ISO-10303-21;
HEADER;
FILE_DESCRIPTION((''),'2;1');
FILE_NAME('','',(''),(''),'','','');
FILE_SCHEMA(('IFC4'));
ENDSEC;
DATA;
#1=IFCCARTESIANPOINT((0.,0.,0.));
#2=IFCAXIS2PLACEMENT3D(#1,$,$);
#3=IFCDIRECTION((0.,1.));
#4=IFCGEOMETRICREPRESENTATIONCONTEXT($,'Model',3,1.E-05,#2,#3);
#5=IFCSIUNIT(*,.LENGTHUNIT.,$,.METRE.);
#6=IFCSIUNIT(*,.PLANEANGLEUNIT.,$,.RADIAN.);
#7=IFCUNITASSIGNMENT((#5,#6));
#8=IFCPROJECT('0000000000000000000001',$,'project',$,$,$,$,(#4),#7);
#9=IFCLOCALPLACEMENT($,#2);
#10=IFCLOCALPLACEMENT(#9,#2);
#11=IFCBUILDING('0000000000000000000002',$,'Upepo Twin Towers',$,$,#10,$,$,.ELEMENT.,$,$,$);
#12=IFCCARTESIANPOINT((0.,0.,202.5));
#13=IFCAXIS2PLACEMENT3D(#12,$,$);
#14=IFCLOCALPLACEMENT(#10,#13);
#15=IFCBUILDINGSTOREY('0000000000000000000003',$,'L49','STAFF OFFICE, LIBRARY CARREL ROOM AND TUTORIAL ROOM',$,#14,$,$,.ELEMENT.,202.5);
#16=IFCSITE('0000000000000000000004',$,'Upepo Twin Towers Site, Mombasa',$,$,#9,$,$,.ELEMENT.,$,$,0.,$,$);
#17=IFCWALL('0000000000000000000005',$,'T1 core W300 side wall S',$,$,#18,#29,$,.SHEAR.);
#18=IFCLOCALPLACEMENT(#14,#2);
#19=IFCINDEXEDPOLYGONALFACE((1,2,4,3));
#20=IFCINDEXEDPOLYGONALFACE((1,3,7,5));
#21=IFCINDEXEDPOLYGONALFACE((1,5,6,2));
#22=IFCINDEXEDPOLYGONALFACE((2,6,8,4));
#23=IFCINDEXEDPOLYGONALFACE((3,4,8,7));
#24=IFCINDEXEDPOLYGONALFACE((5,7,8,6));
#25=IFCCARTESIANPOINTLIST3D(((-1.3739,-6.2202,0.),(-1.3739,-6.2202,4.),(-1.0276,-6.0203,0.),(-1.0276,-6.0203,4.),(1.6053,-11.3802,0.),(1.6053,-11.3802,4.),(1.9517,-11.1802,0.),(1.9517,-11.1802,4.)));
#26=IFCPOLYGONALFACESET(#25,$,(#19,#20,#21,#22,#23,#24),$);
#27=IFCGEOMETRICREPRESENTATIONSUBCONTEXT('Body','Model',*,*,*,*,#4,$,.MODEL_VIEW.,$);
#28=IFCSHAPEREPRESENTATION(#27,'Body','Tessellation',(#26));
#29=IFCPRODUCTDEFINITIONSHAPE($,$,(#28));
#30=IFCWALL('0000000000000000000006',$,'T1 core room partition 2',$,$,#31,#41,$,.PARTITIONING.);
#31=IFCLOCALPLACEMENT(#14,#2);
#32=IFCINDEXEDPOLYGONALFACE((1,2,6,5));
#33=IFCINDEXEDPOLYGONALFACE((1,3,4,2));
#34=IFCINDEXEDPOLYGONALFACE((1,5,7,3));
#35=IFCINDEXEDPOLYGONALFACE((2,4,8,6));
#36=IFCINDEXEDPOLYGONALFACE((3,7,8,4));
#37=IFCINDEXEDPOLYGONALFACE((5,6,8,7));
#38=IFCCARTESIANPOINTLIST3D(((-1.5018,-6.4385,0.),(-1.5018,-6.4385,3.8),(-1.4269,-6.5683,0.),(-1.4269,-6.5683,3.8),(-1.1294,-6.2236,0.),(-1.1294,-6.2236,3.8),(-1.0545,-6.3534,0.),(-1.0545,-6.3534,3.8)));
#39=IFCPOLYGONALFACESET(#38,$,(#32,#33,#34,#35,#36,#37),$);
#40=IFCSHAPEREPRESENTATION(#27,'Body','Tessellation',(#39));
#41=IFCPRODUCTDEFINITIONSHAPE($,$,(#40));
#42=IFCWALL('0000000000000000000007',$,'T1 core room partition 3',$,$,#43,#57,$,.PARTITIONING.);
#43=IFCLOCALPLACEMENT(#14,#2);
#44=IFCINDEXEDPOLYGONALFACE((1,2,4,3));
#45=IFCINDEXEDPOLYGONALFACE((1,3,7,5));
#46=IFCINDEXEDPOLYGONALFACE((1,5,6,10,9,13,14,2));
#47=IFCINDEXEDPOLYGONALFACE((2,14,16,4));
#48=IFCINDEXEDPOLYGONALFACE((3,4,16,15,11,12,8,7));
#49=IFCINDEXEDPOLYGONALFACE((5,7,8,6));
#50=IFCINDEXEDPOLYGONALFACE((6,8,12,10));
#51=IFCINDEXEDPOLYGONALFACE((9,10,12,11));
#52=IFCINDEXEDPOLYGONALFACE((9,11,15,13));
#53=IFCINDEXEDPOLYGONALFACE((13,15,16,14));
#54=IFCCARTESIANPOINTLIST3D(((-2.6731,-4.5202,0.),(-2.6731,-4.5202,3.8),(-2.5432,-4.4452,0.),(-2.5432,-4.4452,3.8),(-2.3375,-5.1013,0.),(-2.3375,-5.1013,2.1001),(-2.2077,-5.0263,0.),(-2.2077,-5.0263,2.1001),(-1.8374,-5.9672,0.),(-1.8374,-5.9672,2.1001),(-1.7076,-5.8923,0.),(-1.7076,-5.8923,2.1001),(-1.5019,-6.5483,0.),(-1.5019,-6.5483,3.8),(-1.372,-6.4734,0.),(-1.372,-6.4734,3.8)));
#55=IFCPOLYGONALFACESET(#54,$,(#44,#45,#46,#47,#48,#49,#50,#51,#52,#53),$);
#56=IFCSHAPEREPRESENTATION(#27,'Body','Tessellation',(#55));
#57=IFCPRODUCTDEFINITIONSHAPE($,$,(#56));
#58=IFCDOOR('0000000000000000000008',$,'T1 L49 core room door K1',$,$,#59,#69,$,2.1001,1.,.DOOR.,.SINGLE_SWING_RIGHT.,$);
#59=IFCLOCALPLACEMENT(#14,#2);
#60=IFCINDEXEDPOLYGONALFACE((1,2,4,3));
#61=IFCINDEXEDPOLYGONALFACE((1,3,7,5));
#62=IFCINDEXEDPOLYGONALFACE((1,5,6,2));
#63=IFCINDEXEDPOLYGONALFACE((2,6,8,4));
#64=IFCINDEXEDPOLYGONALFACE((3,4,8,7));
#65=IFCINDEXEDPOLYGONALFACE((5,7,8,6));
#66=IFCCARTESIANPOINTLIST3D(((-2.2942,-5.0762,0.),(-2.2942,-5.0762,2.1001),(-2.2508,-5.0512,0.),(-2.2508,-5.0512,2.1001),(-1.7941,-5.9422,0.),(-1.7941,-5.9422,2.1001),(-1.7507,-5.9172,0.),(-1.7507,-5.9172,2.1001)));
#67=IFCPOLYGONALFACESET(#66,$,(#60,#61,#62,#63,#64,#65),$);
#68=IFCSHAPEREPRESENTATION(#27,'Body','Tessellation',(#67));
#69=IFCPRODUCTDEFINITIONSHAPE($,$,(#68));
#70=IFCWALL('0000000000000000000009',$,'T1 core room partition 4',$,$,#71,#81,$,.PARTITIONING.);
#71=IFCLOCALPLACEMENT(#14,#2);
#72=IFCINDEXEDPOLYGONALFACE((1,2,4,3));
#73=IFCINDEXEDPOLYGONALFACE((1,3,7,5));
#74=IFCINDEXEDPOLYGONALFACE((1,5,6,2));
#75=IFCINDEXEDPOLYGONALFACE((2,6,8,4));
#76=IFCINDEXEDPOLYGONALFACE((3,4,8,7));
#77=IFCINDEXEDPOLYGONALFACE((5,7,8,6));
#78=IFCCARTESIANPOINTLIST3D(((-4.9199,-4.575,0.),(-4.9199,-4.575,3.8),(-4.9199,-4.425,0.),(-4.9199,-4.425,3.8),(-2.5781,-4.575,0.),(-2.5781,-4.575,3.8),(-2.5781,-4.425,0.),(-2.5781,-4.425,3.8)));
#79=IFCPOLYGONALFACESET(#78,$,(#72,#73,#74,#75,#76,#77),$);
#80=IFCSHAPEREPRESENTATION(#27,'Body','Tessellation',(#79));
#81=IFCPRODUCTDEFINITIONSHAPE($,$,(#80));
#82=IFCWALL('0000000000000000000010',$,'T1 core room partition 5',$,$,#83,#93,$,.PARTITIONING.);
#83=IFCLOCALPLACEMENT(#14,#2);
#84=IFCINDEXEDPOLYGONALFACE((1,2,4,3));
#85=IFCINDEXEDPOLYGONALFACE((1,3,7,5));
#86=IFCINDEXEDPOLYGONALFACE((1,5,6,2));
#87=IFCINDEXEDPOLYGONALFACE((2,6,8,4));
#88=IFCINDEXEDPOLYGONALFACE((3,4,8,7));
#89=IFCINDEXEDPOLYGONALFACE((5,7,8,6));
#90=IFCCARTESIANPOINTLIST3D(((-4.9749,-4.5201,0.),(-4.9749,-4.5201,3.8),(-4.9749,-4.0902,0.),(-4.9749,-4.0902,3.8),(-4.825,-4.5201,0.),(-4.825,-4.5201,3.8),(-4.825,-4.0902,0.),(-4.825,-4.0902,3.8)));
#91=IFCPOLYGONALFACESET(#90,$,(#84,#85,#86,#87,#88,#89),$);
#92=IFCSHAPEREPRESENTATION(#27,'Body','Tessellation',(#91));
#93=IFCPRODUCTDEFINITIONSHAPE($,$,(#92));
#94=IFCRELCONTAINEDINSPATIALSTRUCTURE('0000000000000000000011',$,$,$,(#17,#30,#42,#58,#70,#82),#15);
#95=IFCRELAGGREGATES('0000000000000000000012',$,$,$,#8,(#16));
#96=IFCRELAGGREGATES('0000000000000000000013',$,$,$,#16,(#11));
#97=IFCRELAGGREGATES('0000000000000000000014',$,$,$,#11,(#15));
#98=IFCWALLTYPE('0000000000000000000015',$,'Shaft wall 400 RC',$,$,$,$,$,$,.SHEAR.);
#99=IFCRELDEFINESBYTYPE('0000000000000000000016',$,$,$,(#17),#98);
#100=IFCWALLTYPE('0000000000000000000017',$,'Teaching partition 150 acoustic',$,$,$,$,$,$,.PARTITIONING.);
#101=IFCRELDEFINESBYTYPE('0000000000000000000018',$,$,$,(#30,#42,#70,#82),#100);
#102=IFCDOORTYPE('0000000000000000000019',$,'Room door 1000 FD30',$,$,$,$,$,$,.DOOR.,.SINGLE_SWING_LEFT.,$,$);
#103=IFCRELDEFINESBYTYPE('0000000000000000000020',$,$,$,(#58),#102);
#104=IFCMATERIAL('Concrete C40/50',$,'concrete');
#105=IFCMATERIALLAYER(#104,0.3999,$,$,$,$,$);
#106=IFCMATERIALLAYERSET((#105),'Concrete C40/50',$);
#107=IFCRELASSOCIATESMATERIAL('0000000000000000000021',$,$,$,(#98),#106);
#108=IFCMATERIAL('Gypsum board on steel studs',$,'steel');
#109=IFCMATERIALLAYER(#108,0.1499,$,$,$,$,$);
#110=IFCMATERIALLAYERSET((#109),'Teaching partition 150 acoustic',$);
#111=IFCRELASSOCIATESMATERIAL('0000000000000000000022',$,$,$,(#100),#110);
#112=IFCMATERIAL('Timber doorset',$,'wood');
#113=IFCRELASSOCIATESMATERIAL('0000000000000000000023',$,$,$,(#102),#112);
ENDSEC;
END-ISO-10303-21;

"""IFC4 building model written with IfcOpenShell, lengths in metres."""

from ifc_helpers import new_model, si_unit, direction, frame, frame_2d, origin, place, context, subcontext, project, spatial, rectangle, extrude, material, layer, layer_set, type_object, element, fill, save


model = new_model("IFC4")

# Units and contexts
model_context = context("Model", 3, precision=1e-05, world=origin(), true_north=direction((0.0, 1.0)))
body_context = subcontext(model_context, "Body", "Model", "MODEL_VIEW")
ifc_project = project(units=[si_unit("LENGTHUNIT", "METRE"), si_unit("PLANEANGLEUNIT", "RADIAN")], contexts=[model_context])

# Site, building, storey
site_placement = place(None, origin())
site = spatial("IfcSite", under=ifc_project, at=site_placement, Name="Upepo Twin Towers Site, Mombasa", CompositionType="ELEMENT", RefElevation=0.0)
building_placement = place(site_placement, origin())
building = spatial("IfcBuilding", under=site, at=building_placement, Name="Upepo Twin Towers", CompositionType="ELEMENT")
storey_placement = place(building_placement, frame((0.0, 0.0, 202.5)))
storey = spatial("IfcBuildingStorey", under=building, at=storey_placement, Name="L49", Description="STAFF OFFICE, LIBRARY CARREL ROOM AND TUTORIAL ROOM", CompositionType="ELEMENT", Elevation=202.5)

# Walls
ifc_material_1 = material(Name="Concrete C40/50", Category="concrete")
ifc_layer_1 = layer(ifc_material_1, 0.3999)
ifc_layer_set_1 = layer_set([ifc_layer_1], Name="Concrete C40/50")
wall_type_1 = type_object("IfcWallType", Name="Shaft wall 400 RC", PredefinedType="SHEAR", material=ifc_layer_set_1)
wall_1_placement = place(storey_placement, frame((-1.2007, -6.1204, 0.0), z_axis=(0.0, 0.0, 1.0), x_axis=(0.500022, -0.866013, 0.0)))
element("IfcWall", 1, at=wall_1_placement, inside=storey, type_object=wall_type_1, Name="T1 core W300 side wall S", PredefinedType="SHEAR", context=body_context, shape_type="SweptSolid", body=[
    extrude(rectangle(XDim=5.9583, YDim=0.3999, at=frame_2d((2.979, 0.0))), origin(), (0.0, 0.0, 1.0), 4.0),
])
ifc_material_2 = material(Name="Gypsum board on steel studs", Category="steel")
ifc_layer_2 = layer(ifc_material_2, 0.1499)
ifc_layer_set_2 = layer_set([ifc_layer_2], Name="Teaching partition 150 acoustic")
wall_type_2 = type_object("IfcWallType", Name="Teaching partition 150 acoustic", PredefinedType="PARTITIONING", material=ifc_layer_set_2)
wall_2_placement = place(storey_placement, frame((-1.092, -6.2886, 0.0), z_axis=(0.0, 0.0, 1.0), x_axis=(-0.866138, -0.499804, 0.0)))
element("IfcWall", 2, at=wall_2_placement, inside=storey, type_object=wall_type_2, Name="T1 core room partition 2", PredefinedType="PARTITIONING", context=body_context, shape_type="SweptSolid", body=[
    extrude(rectangle(XDim=0.4299, YDim=0.1499, at=frame_2d((0.2148, 0.0))), origin(), (0.0, 0.0, 1.0), 3.8),
])

# Wall, opening, door
wall_3_placement = place(storey_placement, frame((-1.437, -6.5107, 0.0), z_axis=(0.0, 0.0, 1.0), x_axis=(-0.500074, 0.865982, 0.0)))
wall_3 = element("IfcWall", 3, at=wall_3_placement, inside=storey, type_object=wall_type_2, Name="T1 core room partition 3", PredefinedType="PARTITIONING", context=body_context, shape_type="SweptSolid", body=[
    extrude(rectangle(XDim=2.342, YDim=0.1499, at=frame_2d((1.1709, 0.0))), origin(), (0.0, 0.0, 1.0), 3.8),
])
opening_1_placement = place(wall_3_placement, frame((0.6709, 0.0, 0.0)))
opening_1 = element("IfcOpeningElement", 4, at=opening_1_placement, cuts=wall_3, PredefinedType="OPENING", context=body_context, shape_type="SweptSolid", body=[
    extrude(rectangle(XDim=1.0, YDim=2.1001, at=frame_2d((0.5, 1.05))), frame((0.0, 0.085, 0.0), z_axis=(0.0, -1.0, 0.0), x_axis=(1.0, 0.0, 0.0)), (0.0, 0.0, 1.0), 0.1699),
])
ifc_material_3 = material(Name="Timber doorset", Category="wood")
door_type_1 = type_object("IfcDoorType", Name="Room door 1000 FD30", OperationType="SINGLE_SWING_LEFT", PredefinedType="DOOR", material=ifc_material_3)
door_1_placement = place(opening_1_placement, origin())
door_1 = element("IfcDoor", 5, at=door_1_placement, inside=storey, type_object=door_type_1, Name="T1 L49 core room door K1", OperationType="SINGLE_SWING_RIGHT", OverallHeight=2.1001, OverallWidth=1.0, PredefinedType="DOOR", context=body_context, shape_type="SweptSolid", body=[
    extrude(rectangle(XDim=1.0, YDim=2.1001, at=frame_2d((0.5, 1.05))), frame((0.0, 0.0249, 0.0), z_axis=(0.0, -1.0, 0.0), x_axis=(1.0, 0.0, 0.0)), (0.0, 0.0, 1.0), 0.05),
])
fill(opening_1, door_1)

# Walls
wall_4_placement = place(storey_placement, frame((-2.5781, -4.5, 0.0), z_axis=(0.0, 0.0, 1.0), x_axis=(-1.0, 0.0, 0.0)))
element("IfcWall", 6, at=wall_4_placement, inside=storey, type_object=wall_type_2, Name="T1 core room partition 4", PredefinedType="PARTITIONING", context=body_context, shape_type="SweptSolid", body=[
    extrude(rectangle(XDim=2.3418, YDim=0.1499, at=frame_2d((1.1709, 0.0))), origin(), (0.0, 0.0, 1.0), 3.8),
])
wall_5_placement = place(storey_placement, frame((-4.8999, -4.52, 0.0), z_axis=(0.0, 0.0, 1.0), x_axis=(0.0, 1.0, 0.0)))
element("IfcWall", 7, at=wall_5_placement, inside=storey, type_object=wall_type_2, Name="T1 core room partition 5", PredefinedType="PARTITIONING", context=body_context, shape_type="SweptSolid", body=[
    extrude(rectangle(XDim=0.4299, YDim=0.1499, at=frame_2d((0.2148, 0.0))), origin(), (0.0, 0.0, 1.0), 3.8),
])

save(model, "model.ifc")
